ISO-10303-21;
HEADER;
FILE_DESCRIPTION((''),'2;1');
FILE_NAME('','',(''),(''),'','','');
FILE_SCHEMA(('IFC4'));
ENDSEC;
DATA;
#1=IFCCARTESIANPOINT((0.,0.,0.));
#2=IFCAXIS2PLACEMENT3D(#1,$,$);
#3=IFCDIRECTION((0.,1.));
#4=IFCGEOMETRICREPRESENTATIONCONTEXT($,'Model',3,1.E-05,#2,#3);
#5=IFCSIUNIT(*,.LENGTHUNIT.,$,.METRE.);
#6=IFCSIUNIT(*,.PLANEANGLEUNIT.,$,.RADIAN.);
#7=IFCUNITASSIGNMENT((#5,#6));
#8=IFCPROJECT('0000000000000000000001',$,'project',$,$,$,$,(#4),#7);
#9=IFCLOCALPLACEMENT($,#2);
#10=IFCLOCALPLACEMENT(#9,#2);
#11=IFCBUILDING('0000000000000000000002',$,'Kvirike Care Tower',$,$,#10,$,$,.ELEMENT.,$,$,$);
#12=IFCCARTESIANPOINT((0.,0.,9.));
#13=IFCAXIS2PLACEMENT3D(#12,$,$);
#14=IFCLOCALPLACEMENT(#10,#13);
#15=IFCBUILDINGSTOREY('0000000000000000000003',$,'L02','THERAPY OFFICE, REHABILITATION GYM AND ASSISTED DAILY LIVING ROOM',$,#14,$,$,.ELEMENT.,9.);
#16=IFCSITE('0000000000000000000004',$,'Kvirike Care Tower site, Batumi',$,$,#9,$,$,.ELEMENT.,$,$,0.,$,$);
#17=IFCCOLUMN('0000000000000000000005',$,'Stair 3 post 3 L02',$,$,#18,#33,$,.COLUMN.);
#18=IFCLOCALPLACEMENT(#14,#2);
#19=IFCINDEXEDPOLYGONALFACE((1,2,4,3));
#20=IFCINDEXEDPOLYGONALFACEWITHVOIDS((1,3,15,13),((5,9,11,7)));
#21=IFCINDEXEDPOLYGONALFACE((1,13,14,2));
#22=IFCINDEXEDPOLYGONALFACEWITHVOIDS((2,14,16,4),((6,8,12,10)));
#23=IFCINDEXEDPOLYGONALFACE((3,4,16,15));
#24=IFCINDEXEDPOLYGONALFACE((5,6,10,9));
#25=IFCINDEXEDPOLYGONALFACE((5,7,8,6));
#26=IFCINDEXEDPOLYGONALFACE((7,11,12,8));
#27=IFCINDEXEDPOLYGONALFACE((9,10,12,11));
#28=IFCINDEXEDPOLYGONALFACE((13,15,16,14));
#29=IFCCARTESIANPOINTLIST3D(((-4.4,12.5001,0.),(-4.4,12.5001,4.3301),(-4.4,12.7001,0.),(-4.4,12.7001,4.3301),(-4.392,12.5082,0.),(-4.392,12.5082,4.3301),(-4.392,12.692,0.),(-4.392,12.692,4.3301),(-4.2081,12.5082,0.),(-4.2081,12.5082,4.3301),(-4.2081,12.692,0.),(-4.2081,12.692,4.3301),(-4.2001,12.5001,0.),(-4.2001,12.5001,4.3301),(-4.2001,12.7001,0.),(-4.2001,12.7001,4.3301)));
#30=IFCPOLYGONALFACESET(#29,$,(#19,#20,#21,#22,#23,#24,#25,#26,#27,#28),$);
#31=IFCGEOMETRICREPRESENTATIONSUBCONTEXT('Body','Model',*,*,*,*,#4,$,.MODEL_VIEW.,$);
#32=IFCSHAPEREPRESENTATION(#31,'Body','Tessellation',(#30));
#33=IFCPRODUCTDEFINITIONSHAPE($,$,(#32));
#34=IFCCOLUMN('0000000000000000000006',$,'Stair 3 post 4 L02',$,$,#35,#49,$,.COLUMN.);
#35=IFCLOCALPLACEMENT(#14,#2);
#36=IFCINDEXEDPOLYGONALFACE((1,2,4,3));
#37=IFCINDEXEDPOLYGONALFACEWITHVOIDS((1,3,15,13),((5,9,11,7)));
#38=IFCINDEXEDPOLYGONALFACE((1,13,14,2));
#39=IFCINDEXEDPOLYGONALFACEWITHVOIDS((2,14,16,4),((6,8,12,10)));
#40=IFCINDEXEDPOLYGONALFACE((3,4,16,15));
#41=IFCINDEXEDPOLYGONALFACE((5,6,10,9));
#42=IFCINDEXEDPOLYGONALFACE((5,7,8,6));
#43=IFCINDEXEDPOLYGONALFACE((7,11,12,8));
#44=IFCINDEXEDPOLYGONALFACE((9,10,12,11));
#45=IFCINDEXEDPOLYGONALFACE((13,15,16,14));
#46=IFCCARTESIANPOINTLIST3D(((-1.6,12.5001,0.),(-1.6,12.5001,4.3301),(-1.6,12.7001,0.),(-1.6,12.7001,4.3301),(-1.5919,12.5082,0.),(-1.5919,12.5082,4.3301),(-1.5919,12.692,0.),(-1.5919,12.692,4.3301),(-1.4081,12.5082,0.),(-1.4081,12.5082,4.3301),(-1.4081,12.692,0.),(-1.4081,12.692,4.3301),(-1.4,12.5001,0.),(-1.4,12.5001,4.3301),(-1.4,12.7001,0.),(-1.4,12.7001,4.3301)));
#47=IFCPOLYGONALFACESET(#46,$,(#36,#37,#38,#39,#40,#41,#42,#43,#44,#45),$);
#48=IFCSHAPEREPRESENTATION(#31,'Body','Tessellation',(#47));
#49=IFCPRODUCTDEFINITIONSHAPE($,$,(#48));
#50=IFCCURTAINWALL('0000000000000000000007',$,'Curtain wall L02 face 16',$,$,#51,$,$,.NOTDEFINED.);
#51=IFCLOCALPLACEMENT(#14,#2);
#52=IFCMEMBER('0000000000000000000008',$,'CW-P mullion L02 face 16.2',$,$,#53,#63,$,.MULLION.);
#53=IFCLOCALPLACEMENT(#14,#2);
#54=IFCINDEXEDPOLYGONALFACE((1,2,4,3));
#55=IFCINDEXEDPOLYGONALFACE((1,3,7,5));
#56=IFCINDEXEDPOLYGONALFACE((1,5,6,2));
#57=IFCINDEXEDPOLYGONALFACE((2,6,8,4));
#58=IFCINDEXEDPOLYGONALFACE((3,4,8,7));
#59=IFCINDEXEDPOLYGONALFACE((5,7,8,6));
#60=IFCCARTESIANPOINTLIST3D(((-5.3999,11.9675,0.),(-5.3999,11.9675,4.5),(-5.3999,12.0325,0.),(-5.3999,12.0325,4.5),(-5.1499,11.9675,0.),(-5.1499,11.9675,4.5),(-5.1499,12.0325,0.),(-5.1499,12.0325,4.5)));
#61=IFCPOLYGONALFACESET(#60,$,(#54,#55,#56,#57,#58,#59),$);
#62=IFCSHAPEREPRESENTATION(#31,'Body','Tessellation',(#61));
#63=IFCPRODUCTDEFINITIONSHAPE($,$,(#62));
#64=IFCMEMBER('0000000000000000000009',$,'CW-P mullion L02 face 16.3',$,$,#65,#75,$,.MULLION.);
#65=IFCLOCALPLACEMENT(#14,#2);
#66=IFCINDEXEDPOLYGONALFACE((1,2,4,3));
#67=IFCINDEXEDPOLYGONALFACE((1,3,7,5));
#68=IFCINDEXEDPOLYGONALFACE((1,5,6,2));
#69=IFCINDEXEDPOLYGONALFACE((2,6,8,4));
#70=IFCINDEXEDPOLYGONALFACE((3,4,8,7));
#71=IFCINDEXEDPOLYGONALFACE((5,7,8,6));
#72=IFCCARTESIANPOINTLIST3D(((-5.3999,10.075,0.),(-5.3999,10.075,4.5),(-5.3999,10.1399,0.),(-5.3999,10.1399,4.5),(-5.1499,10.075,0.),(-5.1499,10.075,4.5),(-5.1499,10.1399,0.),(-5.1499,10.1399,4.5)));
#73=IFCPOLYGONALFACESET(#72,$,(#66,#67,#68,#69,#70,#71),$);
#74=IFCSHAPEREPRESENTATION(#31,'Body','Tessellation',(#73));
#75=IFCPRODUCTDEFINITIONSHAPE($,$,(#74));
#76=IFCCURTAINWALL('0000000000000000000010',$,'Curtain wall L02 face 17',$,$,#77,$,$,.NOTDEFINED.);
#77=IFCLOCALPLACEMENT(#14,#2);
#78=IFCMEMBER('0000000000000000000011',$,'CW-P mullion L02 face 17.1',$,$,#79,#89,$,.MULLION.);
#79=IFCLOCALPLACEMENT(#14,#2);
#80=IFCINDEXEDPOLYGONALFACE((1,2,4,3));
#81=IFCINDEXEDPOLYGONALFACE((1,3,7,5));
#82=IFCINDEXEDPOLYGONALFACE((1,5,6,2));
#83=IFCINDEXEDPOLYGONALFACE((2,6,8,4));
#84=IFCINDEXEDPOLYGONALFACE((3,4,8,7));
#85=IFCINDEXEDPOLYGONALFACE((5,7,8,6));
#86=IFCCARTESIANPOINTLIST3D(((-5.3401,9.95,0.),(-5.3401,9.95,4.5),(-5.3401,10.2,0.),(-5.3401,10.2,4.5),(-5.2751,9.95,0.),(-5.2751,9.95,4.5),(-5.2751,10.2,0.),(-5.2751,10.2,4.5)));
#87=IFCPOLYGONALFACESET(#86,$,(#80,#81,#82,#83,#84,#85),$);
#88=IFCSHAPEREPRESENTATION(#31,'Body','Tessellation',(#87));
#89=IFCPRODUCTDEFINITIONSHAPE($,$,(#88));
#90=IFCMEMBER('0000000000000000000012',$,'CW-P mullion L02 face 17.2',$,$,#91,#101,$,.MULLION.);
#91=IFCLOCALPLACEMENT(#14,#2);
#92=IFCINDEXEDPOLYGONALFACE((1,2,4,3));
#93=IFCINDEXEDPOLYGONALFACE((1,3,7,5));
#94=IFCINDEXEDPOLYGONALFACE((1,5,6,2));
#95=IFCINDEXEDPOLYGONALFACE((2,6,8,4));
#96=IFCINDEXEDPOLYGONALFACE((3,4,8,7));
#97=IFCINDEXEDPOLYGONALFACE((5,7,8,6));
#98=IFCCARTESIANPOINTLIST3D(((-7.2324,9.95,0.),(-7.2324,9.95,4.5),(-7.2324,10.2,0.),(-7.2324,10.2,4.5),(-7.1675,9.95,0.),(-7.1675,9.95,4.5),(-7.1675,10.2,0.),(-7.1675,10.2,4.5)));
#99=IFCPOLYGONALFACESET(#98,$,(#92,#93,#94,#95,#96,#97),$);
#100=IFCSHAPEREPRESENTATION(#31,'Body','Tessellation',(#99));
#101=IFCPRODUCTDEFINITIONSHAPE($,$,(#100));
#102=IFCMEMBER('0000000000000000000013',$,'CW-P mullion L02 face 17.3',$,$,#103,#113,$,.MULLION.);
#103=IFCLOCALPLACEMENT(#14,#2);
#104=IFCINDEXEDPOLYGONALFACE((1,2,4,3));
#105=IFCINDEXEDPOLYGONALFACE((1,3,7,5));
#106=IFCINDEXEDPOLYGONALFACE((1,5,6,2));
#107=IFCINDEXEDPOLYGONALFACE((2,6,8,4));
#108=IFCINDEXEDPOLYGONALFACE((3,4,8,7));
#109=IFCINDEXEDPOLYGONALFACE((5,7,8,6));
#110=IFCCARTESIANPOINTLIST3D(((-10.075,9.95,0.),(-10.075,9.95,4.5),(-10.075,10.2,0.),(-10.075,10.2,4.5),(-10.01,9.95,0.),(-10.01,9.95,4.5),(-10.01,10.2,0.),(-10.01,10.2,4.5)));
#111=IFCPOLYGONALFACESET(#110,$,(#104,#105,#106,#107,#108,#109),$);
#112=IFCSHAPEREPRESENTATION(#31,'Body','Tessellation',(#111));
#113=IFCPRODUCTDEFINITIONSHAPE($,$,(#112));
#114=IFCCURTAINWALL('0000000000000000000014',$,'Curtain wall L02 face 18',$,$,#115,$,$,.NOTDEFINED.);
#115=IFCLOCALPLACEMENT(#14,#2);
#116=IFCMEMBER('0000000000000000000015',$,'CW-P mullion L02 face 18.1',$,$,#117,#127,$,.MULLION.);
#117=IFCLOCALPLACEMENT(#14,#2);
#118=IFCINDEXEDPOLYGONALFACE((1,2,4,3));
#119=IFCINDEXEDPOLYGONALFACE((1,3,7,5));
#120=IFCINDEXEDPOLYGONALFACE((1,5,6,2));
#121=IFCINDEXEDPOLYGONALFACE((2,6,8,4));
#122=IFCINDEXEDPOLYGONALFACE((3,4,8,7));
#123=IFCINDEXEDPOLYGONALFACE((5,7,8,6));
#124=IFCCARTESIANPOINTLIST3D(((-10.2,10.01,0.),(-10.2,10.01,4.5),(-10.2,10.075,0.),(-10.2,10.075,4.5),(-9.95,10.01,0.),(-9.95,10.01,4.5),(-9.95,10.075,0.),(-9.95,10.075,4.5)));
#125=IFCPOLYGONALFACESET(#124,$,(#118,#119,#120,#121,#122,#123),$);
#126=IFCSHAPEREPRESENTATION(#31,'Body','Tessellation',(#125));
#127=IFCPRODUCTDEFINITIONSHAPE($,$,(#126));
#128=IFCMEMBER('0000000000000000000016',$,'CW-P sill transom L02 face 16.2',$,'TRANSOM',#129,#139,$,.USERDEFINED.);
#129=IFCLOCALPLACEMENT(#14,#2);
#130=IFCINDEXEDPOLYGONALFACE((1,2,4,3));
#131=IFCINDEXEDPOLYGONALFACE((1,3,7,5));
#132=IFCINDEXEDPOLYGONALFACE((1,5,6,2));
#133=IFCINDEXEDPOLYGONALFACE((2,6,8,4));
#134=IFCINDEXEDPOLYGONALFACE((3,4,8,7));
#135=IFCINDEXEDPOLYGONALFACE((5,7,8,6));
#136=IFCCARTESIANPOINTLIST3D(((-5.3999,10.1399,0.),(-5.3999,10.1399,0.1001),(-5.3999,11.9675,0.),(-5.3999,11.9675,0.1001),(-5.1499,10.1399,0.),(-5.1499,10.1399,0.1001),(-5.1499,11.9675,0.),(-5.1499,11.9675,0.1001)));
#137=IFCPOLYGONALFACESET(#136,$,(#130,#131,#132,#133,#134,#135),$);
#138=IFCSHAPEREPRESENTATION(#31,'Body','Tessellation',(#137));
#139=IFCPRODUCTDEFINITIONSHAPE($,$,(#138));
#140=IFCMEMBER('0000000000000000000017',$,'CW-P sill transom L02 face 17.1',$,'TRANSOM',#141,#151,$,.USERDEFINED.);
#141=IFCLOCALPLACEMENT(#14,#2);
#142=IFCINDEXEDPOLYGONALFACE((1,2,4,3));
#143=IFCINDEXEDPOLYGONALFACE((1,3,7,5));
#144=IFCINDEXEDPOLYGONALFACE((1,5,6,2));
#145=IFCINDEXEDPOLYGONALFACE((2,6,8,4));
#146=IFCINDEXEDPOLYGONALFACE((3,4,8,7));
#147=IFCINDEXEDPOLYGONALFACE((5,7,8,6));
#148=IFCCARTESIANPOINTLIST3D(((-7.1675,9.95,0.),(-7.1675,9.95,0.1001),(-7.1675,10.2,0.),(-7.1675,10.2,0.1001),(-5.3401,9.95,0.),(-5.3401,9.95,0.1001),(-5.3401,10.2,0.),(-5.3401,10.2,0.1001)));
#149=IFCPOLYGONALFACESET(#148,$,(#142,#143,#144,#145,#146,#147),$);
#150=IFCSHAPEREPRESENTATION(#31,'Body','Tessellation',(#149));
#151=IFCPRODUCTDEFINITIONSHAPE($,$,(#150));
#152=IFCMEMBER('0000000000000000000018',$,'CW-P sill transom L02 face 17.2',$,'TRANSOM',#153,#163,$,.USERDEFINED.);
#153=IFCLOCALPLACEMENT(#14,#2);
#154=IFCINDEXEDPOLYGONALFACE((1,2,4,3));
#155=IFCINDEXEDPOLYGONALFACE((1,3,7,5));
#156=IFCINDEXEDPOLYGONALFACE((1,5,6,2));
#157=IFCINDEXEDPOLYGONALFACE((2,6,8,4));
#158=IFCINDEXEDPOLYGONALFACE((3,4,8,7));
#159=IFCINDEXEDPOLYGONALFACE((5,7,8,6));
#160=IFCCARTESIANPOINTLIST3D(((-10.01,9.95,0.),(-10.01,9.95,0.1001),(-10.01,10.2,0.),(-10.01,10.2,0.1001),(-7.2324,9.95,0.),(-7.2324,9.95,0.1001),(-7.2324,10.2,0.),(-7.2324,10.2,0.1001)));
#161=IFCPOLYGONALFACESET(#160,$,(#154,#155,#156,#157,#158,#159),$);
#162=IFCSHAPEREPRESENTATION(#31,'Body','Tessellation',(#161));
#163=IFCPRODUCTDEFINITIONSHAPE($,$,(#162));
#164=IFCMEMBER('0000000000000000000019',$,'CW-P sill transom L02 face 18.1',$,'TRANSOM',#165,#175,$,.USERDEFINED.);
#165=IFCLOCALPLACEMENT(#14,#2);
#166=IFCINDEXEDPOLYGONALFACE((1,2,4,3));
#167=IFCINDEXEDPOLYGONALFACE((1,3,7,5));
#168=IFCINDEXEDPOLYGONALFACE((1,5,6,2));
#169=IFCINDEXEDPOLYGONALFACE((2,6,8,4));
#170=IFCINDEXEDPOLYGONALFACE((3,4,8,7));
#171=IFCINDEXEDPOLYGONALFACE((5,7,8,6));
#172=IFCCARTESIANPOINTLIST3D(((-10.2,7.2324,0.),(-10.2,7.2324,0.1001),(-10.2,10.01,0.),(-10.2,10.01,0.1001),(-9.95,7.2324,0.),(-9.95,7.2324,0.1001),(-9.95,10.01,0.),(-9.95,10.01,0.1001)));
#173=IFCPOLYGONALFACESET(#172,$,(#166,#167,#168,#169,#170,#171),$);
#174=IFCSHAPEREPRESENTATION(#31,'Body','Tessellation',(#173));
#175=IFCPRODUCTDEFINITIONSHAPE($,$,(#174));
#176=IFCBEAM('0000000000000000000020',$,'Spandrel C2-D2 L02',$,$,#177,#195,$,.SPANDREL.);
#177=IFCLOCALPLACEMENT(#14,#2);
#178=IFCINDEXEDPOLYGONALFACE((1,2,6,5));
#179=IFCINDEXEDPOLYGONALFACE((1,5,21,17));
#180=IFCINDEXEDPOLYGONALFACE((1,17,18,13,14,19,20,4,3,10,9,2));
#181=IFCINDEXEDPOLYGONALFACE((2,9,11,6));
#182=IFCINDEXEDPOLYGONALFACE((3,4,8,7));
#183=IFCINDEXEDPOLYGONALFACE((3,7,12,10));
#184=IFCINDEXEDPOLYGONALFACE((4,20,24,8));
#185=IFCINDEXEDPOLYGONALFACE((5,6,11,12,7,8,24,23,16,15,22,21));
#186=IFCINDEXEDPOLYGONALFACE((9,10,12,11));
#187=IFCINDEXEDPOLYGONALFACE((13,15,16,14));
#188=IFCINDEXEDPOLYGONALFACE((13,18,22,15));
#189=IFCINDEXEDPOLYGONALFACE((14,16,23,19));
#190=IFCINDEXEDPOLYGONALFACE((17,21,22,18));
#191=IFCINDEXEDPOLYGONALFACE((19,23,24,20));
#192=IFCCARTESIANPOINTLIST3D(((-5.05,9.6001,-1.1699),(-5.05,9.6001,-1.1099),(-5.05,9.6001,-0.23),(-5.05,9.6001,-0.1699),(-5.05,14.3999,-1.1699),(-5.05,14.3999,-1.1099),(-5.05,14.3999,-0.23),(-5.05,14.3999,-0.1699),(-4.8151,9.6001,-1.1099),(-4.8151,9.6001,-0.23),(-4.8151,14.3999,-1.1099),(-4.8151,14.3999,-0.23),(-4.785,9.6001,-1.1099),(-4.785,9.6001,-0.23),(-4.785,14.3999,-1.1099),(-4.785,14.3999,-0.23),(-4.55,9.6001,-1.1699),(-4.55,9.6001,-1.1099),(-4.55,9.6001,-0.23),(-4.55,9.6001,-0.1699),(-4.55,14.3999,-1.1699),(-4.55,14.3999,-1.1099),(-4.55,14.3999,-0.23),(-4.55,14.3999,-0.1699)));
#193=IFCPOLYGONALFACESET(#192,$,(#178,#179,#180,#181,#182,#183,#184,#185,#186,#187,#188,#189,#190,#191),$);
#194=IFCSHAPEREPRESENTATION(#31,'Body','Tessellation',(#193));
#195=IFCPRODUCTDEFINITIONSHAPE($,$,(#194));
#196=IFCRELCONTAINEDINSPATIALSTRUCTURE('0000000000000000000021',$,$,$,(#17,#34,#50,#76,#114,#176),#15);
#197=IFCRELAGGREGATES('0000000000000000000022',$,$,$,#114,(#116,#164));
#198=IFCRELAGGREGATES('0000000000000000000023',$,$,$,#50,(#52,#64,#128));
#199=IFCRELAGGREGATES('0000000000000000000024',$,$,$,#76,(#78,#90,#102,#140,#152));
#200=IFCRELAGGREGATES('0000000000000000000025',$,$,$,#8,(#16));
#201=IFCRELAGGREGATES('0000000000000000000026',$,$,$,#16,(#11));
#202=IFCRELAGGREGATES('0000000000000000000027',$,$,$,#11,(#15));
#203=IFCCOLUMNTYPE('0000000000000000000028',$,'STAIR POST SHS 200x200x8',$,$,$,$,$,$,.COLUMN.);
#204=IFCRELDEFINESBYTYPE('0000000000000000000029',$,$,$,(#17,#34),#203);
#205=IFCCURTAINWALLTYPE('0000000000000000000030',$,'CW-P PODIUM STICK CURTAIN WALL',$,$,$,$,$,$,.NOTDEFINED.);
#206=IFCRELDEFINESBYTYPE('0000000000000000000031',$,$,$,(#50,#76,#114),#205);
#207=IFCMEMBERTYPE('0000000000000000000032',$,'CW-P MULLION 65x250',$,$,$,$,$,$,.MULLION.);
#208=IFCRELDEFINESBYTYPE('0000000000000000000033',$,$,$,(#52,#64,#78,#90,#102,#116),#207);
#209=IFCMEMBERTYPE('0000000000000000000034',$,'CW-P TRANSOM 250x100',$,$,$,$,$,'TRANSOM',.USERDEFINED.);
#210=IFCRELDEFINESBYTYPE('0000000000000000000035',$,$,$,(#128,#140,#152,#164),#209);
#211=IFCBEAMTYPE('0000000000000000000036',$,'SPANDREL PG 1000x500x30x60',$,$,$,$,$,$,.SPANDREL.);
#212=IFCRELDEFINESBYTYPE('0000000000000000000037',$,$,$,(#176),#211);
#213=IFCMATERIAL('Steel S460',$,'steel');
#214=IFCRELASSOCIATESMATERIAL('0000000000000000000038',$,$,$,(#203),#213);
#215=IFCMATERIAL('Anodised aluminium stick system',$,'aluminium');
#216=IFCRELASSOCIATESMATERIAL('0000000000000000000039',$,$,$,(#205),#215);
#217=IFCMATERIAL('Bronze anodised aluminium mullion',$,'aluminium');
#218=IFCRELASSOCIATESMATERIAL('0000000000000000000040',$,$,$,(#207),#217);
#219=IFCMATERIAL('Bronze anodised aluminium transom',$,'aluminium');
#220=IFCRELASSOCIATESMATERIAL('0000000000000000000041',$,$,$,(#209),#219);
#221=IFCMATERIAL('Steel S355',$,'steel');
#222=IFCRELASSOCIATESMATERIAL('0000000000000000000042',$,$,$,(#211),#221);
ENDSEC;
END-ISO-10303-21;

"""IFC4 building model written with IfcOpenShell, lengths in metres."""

from ifc_helpers import new_model, si_unit, direction, frame, origin, origin_2d, place, context, subcontext, project, spatial, rectangle, hollow_rectangle, i_section, extrude, material, material_profile, profile_set, type_object, element, aggregate, save


model = new_model("IFC4")

# Units and contexts
model_context = context("Model", 3, precision=1e-05, world=origin(), true_north=direction((0.0, 1.0)))
body_context = subcontext(model_context, "Body", "Model", "MODEL_VIEW")
ifc_project = project(units=[si_unit("LENGTHUNIT", "METRE"), si_unit("PLANEANGLEUNIT", "RADIAN")], contexts=[model_context])

# Site, building, storey
site_placement = place(None, origin())
site = spatial("IfcSite", under=ifc_project, at=site_placement, Name="Kvirike Care Tower site, Batumi", CompositionType="ELEMENT", RefElevation=0.0)
building_placement = place(site_placement, origin())
building = spatial("IfcBuilding", under=site, at=building_placement, Name="Kvirike Care Tower", CompositionType="ELEMENT")
storey_placement = place(building_placement, frame((0.0, 0.0, 9.0)))
storey = spatial("IfcBuildingStorey", under=building, at=storey_placement, Name="L02", Description="THERAPY OFFICE, REHABILITATION GYM AND ASSISTED DAILY LIVING ROOM", CompositionType="ELEMENT", Elevation=9.0)

# Columns
ifc_material_1 = material(Name="Steel S460", Category="steel")
ifc_material_profile_1 = material_profile(ifc_material_1, hollow_rectangle(XDim=0.2, YDim=0.2, WallThickness=0.0081, at=origin_2d()), Name="SHS 200x200x8")
ifc_profile_set_1 = profile_set([ifc_material_profile_1], Name="Steel S460")
column_type = type_object("IfcColumnType", Name="STAIR POST SHS 200x200x8", PredefinedType="COLUMN", material=ifc_profile_set_1)
for number, where, z_axis, x_axis, name in (
    (1, (-4.3, 12.6001, 0.0), (0.0, 0.0, 1.0), (1.0, 0.0, 0.0), "Stair 3 post 3 L02"),
    (2, (-1.5, 12.6001, 0.0), (0.0, 0.0, 1.0), (1.0, 0.0, 0.0), "Stair 3 post 4 L02"),
):
    element("IfcColumn", number, at=place(storey_placement, frame(where, z_axis=z_axis, x_axis=x_axis)), inside=storey, type_object=column_type, Name=name, PredefinedType="COLUMN", context=body_context, shape_type="SweptSolid", body=[
        extrude(hollow_rectangle(XDim=0.2, YDim=0.2, WallThickness=0.0081, at=origin_2d()), origin(), (0.0, 0.0, 1.0), 4.3301),
    ])

# Curtain walls, members
ifc_material_2 = material(Name="Anodised aluminium stick system", Category="aluminium")
curtain_wall_type = type_object("IfcCurtainWallType", Name="CW-P PODIUM STICK CURTAIN WALL", PredefinedType="NOTDEFINED", material=ifc_material_2)
curtain_wall_1_placement = place(storey_placement, origin())
curtain_wall_1 = element("IfcCurtainWall", 3, at=curtain_wall_1_placement, inside=storey, type_object=curtain_wall_type, Name="Curtain wall L02 face 16", PredefinedType="NOTDEFINED")
ifc_material_3 = material(Name="Bronze anodised aluminium mullion", Category="aluminium")
ifc_material_profile_2 = material_profile(ifc_material_3, rectangle(XDim=0.0649, YDim=0.25, at=origin_2d()), Name="CW-P MULLION 65x250")
ifc_profile_set_2 = profile_set([ifc_material_profile_2], Name="Bronze anodised aluminium mullion")
member_type_1 = type_object("IfcMemberType", Name="CW-P MULLION 65x250", PredefinedType="MULLION", material=ifc_profile_set_2)
member_1_placement = place(storey_placement, frame((-5.2749, 12.0, 0.0), z_axis=(0.0, 0.0, 1.0), x_axis=(0.0, -1.0, 0.0)))
member_1 = element("IfcMember", 4, at=member_1_placement, type_object=member_type_1, Name="CW-P mullion L02 face 16.2", PredefinedType="MULLION", context=body_context, shape_type="SweptSolid", body=[
    extrude(rectangle(XDim=0.0649, YDim=0.25, at=origin_2d()), origin(), (0.0, 0.0, 1.0), 4.5),
])
member_2_placement = place(storey_placement, frame((-5.2749, 10.1074, 0.0), z_axis=(0.0, 0.0, 1.0), x_axis=(0.0, -1.0, 0.0)))
member_2 = element("IfcMember", 5, at=member_2_placement, type_object=member_type_1, Name="CW-P mullion L02 face 16.3", PredefinedType="MULLION", context=body_context, shape_type="SweptSolid", body=[
    extrude(rectangle(XDim=0.0649, YDim=0.25, at=origin_2d()), origin(), (0.0, 0.0, 1.0), 4.5),
])
curtain_wall_2_placement = place(storey_placement, origin())
curtain_wall_2 = element("IfcCurtainWall", 6, at=curtain_wall_2_placement, inside=storey, type_object=curtain_wall_type, Name="Curtain wall L02 face 17", PredefinedType="NOTDEFINED")
member_3_placement = place(storey_placement, frame((-5.3076, 10.075, 0.0), z_axis=(0.0, 0.0, 1.0), x_axis=(-1.0, 0.0, 0.0)))
member_3 = element("IfcMember", 7, at=member_3_placement, type_object=member_type_1, Name="CW-P mullion L02 face 17.1", PredefinedType="MULLION", context=body_context, shape_type="SweptSolid", body=[
    extrude(rectangle(XDim=0.0649, YDim=0.25, at=origin_2d()), origin(), (0.0, 0.0, 1.0), 4.5),
])
member_4_placement = place(storey_placement, frame((-7.2, 10.075, 0.0), z_axis=(0.0, 0.0, 1.0), x_axis=(-1.0, 0.0, 0.0)))
member_4 = element("IfcMember", 8, at=member_4_placement, type_object=member_type_1, Name="CW-P mullion L02 face 17.2", PredefinedType="MULLION", context=body_context, shape_type="SweptSolid", body=[
    extrude(rectangle(XDim=0.0649, YDim=0.25, at=origin_2d()), origin(), (0.0, 0.0, 1.0), 4.5),
])
member_5_placement = place(storey_placement, frame((-10.0425, 10.075, 0.0), z_axis=(0.0, 0.0, 1.0), x_axis=(-1.0, 0.0, 0.0)))
member_5 = element("IfcMember", 9, at=member_5_placement, type_object=member_type_1, Name="CW-P mullion L02 face 17.3", PredefinedType="MULLION", context=body_context, shape_type="SweptSolid", body=[
    extrude(rectangle(XDim=0.0649, YDim=0.25, at=origin_2d()), origin(), (0.0, 0.0, 1.0), 4.5),
])

# Curtain wall, member
curtain_wall_3_placement = place(storey_placement, origin())
curtain_wall_3 = element("IfcCurtainWall", 10, at=curtain_wall_3_placement, inside=storey, type_object=curtain_wall_type, Name="Curtain wall L02 face 18", PredefinedType="NOTDEFINED")
member_6_placement = place(storey_placement, frame((-10.075, 10.0425, 0.0), z_axis=(0.0, 0.0, 1.0), x_axis=(0.0, -1.0, 0.0)))
member_6 = element("IfcMember", 11, at=member_6_placement, type_object=member_type_1, Name="CW-P mullion L02 face 18.1", PredefinedType="MULLION", context=body_context, shape_type="SweptSolid", body=[
    extrude(rectangle(XDim=0.0649, YDim=0.25, at=origin_2d()), origin(), (0.0, 0.0, 1.0), 4.5),
])

# Members
ifc_material_4 = material(Name="Bronze anodised aluminium transom", Category="aluminium")
ifc_material_profile_3 = material_profile(ifc_material_4, rectangle(XDim=0.25, YDim=0.1001, at=origin_2d()), Name="CW-P TRANSOM 250x100")
ifc_profile_set_3 = profile_set([ifc_material_profile_3], Name="Bronze anodised aluminium transom")
member_type_2 = type_object("IfcMemberType", Name="CW-P TRANSOM 250x100", ElementType="TRANSOM", PredefinedType="USERDEFINED", material=ifc_profile_set_3)
member_7_placement = place(storey_placement, frame((-5.2749, 11.9675, 0.05), z_axis=(0.0, -1.0, 0.0), x_axis=(1.0, 0.0, 0.0)))
member_7 = element("IfcMember", 12, at=member_7_placement, type_object=member_type_2, Name="CW-P sill transom L02 face 16.2", ObjectType="TRANSOM", PredefinedType="USERDEFINED", context=body_context, shape_type="SweptSolid", body=[
    extrude(rectangle(XDim=0.25, YDim=0.1001, at=origin_2d()), origin(), (0.0, 0.0, 1.0), 1.8276),
])
member_8_placement = place(storey_placement, frame((-5.3401, 10.075, 0.05), z_axis=(-1.0, 0.0, 0.0), x_axis=(0.0, -1.0, 0.0)))
member_8 = element("IfcMember", 13, at=member_8_placement, type_object=member_type_2, Name="CW-P sill transom L02 face 17.1", ObjectType="TRANSOM", PredefinedType="USERDEFINED", context=body_context, shape_type="SweptSolid", body=[
    extrude(rectangle(XDim=0.25, YDim=0.1001, at=origin_2d()), origin(), (0.0, 0.0, 1.0), 1.8274),
])
member_9_placement = place(storey_placement, frame((-7.2324, 10.075, 0.05), z_axis=(-1.0, 0.0, 0.0), x_axis=(0.0, -1.0, 0.0)))
member_9 = element("IfcMember", 14, at=member_9_placement, type_object=member_type_2, Name="CW-P sill transom L02 face 17.2", ObjectType="TRANSOM", PredefinedType="USERDEFINED", context=body_context, shape_type="SweptSolid", body=[
    extrude(rectangle(XDim=0.25, YDim=0.1001, at=origin_2d()), origin(), (0.0, 0.0, 1.0), 2.7776),
])
member_10_placement = place(storey_placement, frame((-10.075, 10.01, 0.05), z_axis=(0.0, -1.0, 0.0), x_axis=(1.0, 0.0, 0.0)))
member_10 = element("IfcMember", 15, at=member_10_placement, type_object=member_type_2, Name="CW-P sill transom L02 face 18.1", ObjectType="TRANSOM", PredefinedType="USERDEFINED", context=body_context, shape_type="SweptSolid", body=[
    extrude(rectangle(XDim=0.25, YDim=0.1001, at=origin_2d()), origin(), (0.0, 0.0, 1.0), 2.7776),
])
aggregate(curtain_wall_3, [member_6, member_10])

# Beam
ifc_material_5 = material(Name="Steel S355", Category="steel")
ifc_material_profile_4 = material_profile(ifc_material_5, i_section(OverallWidth=0.5, OverallDepth=1.0, WebThickness=0.03, FlangeThickness=0.0601, at=origin_2d()), Name="PG 1000x500x30x60")
ifc_profile_set_4 = profile_set([ifc_material_profile_4], Name="Steel S355")
beam_type_1 = type_object("IfcBeamType", Name="SPANDREL PG 1000x500x30x60", PredefinedType="SPANDREL", material=ifc_profile_set_4)
beam_1_placement = place(storey_placement, frame((-4.8, 9.6001, -0.6699), z_axis=(0.0, 1.0, 0.0), x_axis=(-1.0, 0.0, 0.0)))
element("IfcBeam", 16, at=beam_1_placement, inside=storey, type_object=beam_type_1, Name="Spandrel C2-D2 L02", PredefinedType="SPANDREL", context=body_context, shape_type="SweptSolid", body=[
    extrude(i_section(OverallWidth=0.5, OverallDepth=1.0, WebThickness=0.03, FlangeThickness=0.0601, at=origin_2d()), origin(), (0.0, 0.0, 1.0), 4.7998),
])

aggregate(curtain_wall_1, [member_1, member_2, member_7])
aggregate(curtain_wall_2, [member_3, member_4, member_5, member_8, member_9])

save(model, "model.ifc")
